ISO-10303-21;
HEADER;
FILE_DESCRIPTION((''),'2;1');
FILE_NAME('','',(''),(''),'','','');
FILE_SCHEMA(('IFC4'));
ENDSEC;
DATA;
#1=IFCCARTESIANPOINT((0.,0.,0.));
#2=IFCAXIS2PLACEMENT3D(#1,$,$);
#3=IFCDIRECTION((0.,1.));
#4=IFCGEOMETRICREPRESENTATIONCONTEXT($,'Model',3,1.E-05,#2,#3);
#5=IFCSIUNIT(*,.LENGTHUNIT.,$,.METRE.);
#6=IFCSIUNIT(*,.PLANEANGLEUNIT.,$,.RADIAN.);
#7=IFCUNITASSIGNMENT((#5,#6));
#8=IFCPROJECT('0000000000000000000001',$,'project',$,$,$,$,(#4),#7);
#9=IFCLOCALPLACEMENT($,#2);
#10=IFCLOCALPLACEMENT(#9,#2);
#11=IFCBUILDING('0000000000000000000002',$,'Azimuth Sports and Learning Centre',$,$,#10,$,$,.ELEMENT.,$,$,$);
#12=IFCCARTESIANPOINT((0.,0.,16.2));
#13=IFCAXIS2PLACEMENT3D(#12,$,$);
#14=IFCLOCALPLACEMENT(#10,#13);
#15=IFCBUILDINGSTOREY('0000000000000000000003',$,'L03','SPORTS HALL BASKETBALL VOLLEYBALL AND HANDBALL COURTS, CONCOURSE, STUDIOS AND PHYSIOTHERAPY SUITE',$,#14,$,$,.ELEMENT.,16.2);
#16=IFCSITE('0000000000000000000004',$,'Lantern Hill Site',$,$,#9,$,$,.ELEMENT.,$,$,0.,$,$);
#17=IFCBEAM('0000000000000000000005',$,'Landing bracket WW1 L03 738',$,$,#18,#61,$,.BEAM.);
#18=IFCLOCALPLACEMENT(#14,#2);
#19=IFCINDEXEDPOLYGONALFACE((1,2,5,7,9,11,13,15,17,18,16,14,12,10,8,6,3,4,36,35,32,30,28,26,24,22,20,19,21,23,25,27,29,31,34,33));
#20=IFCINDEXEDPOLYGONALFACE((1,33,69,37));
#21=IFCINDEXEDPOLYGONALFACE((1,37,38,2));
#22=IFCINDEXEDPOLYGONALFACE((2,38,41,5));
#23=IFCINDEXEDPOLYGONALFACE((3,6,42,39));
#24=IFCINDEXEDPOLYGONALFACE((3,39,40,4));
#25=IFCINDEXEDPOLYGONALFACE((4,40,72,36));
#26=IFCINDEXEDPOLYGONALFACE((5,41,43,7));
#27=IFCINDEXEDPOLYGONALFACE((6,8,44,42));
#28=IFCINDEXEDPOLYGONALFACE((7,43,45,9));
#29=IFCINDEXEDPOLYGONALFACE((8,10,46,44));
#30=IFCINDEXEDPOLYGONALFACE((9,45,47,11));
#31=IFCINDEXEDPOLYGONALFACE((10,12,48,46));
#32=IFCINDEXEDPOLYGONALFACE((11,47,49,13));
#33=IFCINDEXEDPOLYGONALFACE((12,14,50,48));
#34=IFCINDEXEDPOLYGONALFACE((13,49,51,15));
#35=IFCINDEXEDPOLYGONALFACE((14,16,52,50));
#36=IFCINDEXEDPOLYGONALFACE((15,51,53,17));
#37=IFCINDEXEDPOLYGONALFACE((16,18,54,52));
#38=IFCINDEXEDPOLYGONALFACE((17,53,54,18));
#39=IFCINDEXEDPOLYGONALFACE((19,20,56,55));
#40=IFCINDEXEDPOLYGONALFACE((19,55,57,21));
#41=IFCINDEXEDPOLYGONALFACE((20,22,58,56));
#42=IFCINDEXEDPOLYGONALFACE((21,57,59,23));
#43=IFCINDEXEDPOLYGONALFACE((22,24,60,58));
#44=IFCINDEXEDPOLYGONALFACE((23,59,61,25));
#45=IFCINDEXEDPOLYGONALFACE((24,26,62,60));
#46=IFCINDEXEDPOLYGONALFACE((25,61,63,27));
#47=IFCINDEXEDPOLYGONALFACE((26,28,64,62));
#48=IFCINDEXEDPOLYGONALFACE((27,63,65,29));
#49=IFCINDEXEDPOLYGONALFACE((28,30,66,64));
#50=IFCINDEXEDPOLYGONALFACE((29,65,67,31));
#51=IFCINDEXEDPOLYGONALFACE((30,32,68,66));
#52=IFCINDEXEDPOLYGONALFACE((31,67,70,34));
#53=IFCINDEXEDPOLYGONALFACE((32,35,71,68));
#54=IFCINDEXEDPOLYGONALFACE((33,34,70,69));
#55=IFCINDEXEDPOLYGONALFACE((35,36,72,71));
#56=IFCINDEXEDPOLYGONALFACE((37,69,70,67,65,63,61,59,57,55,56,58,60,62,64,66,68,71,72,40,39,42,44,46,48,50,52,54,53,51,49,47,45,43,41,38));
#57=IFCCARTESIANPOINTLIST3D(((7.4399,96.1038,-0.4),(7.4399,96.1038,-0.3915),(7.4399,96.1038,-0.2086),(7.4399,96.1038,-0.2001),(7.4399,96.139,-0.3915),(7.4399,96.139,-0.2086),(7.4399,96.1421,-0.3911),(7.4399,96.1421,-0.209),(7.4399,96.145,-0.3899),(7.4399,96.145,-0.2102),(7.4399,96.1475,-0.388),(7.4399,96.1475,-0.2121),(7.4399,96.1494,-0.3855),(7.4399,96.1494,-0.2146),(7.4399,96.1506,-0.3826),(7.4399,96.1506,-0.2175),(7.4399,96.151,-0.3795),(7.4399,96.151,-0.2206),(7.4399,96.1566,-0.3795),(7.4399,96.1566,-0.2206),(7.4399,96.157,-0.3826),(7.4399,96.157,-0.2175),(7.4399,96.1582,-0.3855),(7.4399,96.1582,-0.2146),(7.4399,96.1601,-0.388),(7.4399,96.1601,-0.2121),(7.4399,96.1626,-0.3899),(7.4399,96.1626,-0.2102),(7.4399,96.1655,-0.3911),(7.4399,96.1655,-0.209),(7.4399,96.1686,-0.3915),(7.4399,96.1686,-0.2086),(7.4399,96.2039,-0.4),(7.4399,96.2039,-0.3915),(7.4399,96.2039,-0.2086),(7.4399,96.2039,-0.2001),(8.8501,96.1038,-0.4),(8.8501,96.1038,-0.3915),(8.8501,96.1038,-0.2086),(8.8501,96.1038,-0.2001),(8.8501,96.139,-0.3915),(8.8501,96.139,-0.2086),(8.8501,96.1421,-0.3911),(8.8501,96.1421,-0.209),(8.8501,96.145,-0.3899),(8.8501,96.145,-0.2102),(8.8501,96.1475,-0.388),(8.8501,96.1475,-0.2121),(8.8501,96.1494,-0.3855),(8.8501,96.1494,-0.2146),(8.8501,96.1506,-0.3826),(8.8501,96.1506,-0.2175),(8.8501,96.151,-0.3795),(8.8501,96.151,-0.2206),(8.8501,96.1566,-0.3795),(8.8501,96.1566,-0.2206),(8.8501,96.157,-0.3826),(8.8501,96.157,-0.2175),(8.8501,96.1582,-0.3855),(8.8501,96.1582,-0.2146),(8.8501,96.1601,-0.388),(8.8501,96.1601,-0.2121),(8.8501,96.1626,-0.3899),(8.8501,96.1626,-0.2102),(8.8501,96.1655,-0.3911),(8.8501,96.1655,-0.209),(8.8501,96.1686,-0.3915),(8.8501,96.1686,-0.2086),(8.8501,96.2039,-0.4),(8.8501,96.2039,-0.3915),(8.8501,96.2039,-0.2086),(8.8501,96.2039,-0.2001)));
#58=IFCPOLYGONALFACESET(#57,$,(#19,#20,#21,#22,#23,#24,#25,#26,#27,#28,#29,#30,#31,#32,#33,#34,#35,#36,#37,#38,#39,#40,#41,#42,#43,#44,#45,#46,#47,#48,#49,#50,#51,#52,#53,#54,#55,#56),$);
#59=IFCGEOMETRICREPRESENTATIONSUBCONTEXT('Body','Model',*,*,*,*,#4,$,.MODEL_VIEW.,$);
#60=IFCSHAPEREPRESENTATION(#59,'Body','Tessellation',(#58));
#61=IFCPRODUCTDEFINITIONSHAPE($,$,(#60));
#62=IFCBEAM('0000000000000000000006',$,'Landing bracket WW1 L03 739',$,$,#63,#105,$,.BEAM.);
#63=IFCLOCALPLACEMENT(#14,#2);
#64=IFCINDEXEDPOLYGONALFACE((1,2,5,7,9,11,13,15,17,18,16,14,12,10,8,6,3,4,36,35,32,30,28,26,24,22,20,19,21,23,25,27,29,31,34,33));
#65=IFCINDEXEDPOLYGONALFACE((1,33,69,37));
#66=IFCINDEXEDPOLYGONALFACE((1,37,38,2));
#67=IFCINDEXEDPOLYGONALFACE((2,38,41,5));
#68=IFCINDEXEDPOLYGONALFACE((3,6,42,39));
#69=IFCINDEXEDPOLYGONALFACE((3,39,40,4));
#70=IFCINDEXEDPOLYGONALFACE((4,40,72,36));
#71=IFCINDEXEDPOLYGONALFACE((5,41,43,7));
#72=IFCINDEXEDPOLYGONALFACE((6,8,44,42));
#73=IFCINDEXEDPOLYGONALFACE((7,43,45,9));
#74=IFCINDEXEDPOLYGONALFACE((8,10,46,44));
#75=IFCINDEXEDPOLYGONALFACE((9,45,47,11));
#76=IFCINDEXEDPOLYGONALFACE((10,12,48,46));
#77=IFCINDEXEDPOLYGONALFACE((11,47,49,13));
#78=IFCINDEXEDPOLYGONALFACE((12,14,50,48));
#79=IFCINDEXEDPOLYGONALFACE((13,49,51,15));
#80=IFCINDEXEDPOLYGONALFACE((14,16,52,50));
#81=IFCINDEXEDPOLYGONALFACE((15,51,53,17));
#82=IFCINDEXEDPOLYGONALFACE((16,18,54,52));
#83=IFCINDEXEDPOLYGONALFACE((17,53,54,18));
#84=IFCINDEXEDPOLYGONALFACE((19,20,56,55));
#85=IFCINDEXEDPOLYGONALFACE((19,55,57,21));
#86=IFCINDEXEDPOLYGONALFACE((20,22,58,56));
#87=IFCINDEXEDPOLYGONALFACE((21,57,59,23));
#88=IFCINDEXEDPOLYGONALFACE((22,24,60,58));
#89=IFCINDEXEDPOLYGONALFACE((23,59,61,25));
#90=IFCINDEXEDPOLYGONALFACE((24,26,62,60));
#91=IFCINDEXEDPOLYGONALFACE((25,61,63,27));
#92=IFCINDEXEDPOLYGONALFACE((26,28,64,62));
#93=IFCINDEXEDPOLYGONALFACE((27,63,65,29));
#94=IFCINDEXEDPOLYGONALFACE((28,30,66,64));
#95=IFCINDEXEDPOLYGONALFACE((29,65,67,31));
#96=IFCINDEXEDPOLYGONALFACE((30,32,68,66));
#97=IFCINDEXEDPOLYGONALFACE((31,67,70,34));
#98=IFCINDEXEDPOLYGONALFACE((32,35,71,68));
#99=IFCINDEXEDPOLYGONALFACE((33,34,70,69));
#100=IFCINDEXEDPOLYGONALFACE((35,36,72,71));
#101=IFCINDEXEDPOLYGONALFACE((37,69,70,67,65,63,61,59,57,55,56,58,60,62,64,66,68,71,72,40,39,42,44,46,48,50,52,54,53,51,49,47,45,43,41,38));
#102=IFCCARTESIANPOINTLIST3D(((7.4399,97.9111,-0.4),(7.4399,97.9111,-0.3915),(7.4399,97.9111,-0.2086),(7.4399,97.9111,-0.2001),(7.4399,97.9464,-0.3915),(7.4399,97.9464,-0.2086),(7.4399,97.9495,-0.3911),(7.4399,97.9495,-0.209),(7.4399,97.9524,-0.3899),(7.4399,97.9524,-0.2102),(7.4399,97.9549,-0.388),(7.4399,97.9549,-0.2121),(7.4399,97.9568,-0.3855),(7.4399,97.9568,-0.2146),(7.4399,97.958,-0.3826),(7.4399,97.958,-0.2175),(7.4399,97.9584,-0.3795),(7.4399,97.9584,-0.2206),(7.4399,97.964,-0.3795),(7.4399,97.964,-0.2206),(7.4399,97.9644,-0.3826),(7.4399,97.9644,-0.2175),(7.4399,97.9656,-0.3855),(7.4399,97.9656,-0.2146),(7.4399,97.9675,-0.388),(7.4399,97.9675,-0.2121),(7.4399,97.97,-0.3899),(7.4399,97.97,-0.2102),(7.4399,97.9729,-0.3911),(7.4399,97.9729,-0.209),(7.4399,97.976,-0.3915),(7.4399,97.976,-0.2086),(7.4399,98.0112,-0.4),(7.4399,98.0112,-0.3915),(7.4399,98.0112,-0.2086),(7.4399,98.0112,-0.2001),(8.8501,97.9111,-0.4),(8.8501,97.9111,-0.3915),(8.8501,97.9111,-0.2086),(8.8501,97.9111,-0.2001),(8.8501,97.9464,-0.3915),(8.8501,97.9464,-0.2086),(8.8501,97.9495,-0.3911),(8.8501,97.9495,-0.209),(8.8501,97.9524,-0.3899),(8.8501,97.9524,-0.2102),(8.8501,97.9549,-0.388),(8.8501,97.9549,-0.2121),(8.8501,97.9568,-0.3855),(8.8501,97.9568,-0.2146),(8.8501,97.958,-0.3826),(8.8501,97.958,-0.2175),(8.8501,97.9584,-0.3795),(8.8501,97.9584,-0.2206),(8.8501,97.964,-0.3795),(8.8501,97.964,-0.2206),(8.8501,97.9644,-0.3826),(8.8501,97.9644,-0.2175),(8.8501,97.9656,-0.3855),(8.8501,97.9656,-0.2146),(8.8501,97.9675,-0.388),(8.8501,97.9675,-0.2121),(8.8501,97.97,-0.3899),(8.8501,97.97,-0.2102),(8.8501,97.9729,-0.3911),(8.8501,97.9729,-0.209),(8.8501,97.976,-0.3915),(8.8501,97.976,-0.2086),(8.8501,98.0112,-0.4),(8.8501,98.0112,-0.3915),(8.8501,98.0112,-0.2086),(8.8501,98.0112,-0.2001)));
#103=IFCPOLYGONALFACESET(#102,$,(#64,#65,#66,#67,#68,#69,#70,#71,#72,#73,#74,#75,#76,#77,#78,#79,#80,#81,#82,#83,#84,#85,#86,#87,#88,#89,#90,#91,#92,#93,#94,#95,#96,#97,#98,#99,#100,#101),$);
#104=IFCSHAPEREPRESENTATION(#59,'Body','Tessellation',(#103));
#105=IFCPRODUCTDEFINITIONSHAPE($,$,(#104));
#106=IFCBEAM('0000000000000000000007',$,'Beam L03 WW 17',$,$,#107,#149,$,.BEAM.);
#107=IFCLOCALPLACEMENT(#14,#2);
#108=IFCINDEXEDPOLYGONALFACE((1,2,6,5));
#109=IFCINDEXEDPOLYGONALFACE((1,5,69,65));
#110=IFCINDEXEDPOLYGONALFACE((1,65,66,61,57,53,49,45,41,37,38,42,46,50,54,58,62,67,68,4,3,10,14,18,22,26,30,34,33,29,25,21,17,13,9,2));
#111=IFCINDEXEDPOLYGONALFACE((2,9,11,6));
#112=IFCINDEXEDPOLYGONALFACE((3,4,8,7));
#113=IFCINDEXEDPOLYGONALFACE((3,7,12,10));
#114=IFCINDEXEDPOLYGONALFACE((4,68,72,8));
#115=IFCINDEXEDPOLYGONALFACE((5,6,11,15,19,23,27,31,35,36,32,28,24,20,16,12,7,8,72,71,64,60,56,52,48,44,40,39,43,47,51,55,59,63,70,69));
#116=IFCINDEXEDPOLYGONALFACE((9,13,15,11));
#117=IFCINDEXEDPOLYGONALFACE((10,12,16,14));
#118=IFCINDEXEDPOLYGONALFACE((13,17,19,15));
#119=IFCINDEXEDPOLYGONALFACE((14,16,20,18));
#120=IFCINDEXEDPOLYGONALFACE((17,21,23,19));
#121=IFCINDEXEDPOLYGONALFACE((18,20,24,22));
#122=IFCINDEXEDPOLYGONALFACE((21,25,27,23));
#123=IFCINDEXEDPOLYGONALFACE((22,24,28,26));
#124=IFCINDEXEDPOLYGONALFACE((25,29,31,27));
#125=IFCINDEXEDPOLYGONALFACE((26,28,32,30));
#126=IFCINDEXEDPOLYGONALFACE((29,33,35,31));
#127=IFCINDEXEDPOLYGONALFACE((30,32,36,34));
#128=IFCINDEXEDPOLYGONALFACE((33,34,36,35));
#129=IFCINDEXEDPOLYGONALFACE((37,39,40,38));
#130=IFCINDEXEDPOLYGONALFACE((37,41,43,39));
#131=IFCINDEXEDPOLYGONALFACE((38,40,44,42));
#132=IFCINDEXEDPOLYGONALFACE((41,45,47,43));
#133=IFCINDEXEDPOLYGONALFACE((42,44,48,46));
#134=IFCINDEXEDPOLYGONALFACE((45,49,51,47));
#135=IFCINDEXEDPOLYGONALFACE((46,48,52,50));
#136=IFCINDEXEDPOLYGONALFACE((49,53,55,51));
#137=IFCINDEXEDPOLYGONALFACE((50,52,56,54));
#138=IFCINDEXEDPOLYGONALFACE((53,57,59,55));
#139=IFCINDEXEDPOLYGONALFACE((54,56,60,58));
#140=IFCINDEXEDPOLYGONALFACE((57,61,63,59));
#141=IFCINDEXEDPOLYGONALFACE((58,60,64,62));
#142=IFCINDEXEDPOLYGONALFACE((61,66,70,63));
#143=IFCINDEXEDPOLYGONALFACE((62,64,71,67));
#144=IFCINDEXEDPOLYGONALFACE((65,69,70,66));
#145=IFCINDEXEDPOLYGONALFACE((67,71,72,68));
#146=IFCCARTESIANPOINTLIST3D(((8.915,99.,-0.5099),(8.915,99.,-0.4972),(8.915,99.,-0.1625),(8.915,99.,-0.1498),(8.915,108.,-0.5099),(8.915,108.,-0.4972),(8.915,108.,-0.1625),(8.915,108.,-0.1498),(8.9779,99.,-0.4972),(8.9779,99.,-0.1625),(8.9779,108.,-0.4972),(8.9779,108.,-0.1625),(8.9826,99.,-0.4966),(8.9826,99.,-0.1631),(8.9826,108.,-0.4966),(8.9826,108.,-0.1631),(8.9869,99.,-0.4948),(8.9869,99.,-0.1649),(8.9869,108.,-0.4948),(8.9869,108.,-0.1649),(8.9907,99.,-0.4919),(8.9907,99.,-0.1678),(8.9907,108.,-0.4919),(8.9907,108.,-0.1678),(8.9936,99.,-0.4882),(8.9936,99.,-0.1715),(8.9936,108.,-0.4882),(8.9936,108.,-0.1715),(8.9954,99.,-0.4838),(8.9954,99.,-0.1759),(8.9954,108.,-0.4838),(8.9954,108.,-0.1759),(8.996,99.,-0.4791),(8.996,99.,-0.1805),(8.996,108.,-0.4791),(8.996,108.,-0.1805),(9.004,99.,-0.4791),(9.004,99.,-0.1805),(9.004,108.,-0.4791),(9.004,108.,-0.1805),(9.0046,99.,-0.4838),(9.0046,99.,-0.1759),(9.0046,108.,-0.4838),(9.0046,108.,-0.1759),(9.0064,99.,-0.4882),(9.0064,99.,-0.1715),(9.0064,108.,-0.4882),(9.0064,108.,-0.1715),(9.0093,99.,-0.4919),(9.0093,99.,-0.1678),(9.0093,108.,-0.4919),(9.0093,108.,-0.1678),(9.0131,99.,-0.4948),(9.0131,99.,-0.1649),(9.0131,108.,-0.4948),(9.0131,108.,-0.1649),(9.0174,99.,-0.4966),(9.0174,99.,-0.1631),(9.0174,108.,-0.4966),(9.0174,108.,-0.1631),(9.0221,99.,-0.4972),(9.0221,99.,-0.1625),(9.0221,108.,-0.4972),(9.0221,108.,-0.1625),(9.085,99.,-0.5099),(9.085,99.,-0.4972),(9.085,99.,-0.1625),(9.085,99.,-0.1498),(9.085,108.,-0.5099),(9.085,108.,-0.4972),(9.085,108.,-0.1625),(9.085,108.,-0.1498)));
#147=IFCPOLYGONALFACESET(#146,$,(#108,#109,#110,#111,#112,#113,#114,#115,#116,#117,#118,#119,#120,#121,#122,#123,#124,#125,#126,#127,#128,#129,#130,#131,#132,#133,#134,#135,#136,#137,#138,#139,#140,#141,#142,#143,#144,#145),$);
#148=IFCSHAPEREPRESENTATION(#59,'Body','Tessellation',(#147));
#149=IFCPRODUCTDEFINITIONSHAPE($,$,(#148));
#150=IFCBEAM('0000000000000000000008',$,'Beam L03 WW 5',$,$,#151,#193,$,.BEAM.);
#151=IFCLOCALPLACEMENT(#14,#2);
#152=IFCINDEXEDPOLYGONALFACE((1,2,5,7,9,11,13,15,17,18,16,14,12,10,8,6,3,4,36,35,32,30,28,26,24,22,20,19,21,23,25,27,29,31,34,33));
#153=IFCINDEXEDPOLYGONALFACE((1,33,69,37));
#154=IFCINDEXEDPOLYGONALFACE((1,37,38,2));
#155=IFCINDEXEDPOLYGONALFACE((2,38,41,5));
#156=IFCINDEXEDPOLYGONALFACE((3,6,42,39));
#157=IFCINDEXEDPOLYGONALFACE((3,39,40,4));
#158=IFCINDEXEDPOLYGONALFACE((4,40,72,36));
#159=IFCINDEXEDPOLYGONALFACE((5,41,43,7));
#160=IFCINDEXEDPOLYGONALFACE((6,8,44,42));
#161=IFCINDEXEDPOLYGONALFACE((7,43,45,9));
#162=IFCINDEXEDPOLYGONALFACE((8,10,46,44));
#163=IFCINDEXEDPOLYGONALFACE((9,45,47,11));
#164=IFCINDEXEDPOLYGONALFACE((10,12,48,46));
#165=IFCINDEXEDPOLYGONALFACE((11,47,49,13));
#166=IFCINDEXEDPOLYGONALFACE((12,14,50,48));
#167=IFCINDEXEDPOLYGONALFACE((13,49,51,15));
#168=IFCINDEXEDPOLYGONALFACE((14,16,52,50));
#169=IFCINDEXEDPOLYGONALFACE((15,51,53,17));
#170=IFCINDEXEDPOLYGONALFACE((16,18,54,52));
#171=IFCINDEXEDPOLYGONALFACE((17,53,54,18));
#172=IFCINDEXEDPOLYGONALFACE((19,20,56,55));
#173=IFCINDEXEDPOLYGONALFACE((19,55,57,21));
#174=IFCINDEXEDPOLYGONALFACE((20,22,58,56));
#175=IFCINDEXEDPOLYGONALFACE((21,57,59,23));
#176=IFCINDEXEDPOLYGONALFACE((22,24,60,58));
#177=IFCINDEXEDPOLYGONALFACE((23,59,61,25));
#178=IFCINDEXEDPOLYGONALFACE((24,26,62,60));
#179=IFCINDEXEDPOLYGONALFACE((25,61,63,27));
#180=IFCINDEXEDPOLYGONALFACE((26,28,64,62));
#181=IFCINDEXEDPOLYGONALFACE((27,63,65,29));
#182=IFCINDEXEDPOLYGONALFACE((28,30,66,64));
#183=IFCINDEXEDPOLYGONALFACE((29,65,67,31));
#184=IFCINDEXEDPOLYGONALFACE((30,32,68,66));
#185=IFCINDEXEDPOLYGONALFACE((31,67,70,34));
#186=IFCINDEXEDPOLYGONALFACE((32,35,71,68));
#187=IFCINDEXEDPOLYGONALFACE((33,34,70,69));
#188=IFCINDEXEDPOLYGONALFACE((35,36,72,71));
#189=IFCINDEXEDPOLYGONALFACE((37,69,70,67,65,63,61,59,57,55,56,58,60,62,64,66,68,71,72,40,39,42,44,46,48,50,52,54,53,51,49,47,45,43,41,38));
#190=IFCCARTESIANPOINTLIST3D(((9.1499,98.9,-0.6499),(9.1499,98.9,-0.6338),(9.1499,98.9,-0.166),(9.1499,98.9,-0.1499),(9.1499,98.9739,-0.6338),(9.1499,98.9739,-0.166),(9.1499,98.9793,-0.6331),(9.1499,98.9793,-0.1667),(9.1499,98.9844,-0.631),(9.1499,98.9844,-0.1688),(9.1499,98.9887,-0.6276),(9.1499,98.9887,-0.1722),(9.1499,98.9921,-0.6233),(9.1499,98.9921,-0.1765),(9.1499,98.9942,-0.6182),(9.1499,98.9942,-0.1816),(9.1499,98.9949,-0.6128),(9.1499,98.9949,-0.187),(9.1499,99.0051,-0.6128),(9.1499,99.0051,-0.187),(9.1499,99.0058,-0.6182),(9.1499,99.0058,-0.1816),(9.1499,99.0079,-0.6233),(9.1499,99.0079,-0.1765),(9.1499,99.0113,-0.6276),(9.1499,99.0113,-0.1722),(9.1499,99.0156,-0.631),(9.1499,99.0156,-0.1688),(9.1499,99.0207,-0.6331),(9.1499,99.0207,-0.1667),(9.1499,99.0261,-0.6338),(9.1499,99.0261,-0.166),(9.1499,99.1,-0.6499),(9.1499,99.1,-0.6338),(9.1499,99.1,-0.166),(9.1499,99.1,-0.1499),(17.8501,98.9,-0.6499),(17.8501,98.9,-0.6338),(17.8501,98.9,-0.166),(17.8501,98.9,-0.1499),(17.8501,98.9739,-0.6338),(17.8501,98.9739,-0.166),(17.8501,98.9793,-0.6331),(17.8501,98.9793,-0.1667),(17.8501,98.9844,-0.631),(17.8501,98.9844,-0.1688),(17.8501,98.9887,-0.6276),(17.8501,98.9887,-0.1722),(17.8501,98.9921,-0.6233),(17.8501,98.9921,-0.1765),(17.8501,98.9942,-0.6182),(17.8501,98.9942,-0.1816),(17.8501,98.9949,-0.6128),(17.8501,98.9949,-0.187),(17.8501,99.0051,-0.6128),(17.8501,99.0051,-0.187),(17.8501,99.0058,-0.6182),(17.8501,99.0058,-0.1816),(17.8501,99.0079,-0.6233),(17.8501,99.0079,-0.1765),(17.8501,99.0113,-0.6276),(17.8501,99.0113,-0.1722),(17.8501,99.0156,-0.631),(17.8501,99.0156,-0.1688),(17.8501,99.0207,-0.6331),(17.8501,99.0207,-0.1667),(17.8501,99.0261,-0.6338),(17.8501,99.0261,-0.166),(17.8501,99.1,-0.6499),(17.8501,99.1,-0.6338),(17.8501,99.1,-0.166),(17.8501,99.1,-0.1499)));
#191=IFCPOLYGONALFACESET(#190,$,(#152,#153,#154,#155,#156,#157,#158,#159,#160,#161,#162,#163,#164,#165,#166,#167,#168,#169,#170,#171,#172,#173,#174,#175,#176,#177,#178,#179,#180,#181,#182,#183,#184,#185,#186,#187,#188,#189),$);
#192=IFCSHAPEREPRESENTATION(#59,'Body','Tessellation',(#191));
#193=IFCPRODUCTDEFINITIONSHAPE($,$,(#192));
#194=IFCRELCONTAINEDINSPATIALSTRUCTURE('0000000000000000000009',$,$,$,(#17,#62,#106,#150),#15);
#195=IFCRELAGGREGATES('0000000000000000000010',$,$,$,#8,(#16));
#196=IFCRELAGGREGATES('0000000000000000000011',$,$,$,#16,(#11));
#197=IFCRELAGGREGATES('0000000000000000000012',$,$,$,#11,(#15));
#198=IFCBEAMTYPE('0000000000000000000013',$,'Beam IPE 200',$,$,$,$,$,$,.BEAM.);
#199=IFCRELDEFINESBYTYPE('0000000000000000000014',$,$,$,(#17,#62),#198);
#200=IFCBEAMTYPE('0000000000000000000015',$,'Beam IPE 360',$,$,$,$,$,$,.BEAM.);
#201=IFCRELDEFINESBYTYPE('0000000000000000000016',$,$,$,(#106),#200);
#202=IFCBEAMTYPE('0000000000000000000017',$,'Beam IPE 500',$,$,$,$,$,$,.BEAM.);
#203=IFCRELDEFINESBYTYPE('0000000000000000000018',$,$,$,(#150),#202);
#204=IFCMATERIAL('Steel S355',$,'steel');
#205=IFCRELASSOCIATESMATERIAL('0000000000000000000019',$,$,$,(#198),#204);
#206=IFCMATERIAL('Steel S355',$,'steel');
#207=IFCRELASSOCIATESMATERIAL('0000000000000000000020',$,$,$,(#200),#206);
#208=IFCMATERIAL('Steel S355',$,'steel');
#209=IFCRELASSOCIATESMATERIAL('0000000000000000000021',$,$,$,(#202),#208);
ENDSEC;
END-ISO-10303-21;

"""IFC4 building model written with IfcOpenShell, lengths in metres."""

from ifc_helpers import new_model, si_unit, direction, frame, origin, origin_2d, place, context, subcontext, project, spatial, i_section, extrude, material, material_profile, profile_set, type_object, element, save


model = new_model("IFC4")

# Units and contexts
model_context = context("Model", 3, precision=1e-05, world=origin(), true_north=direction((0.0, 1.0)))
body_context = subcontext(model_context, "Body", "Model", "MODEL_VIEW")
ifc_project = project(units=[si_unit("LENGTHUNIT", "METRE"), si_unit("PLANEANGLEUNIT", "RADIAN")], contexts=[model_context])

# Site, building, storey
site_placement = place(None, origin())
site = spatial("IfcSite", under=ifc_project, at=site_placement, Name="Lantern Hill Site", CompositionType="ELEMENT", RefElevation=0.0)
building_placement = place(site_placement, origin())
building = spatial("IfcBuilding", under=site, at=building_placement, Name="Azimuth Sports and Learning Centre", CompositionType="ELEMENT")
storey_placement = place(building_placement, frame((0.0, 0.0, 16.2)))
storey = spatial("IfcBuildingStorey", under=building, at=storey_placement, Name="L03", Description="SPORTS HALL BASKETBALL VOLLEYBALL AND HANDBALL COURTS, CONCOURSE, STUDIOS AND PHYSIOTHERAPY SUITE", CompositionType="ELEMENT", Elevation=16.2)

# Beams
ifc_material_1 = material(Name="Steel S355", Category="steel")
ifc_material_profile_1 = material_profile(ifc_material_1, i_section(OverallWidth=0.1001, OverallDepth=0.2, WebThickness=0.0056, FlangeThickness=0.0085, FilletRadius=0.012, at=origin_2d()), Name="IPE 200")
ifc_profile_set_1 = profile_set([ifc_material_profile_1], Name="Steel S355")
beam_type_1 = type_object("IfcBeamType", Name="Beam IPE 200", PredefinedType="BEAM", material=ifc_profile_set_1)
for number, where, z_axis, x_axis, name in (
    (1, (8.8501, 96.1538, -0.3), (-1.0, 0.0, 0.0), (0.0, -1.0, 0.0), "Landing bracket WW1 L03 738"),
    (2, (8.8501, 97.9612, -0.3), (-1.0, 0.0, 0.0), (0.0, -1.0, 0.0), "Landing bracket WW1 L03 739"),
):
    element("IfcBeam", number, at=place(storey_placement, frame(where, z_axis=z_axis, x_axis=x_axis)), inside=storey, type_object=beam_type_1, Name=name, PredefinedType="BEAM", context=body_context, shape_type="SweptSolid", body=[
        extrude(i_section(OverallWidth=0.1001, OverallDepth=0.2, WebThickness=0.0056, FlangeThickness=0.0085, FilletRadius=0.012, at=origin_2d()), origin(), (0.0, 0.0, 1.0), 1.4102),
    ])
ifc_material_2 = material(Name="Steel S355", Category="steel")
ifc_material_profile_2 = material_profile(ifc_material_2, i_section(OverallWidth=0.1699, OverallDepth=0.3601, WebThickness=0.0081, FlangeThickness=0.0127, FilletRadius=0.0181, at=origin_2d()), Name="IPE 360")
ifc_profile_set_2 = profile_set([ifc_material_profile_2], Name="Steel S355")
beam_type_2 = type_object("IfcBeamType", Name="Beam IPE 360", PredefinedType="BEAM", material=ifc_profile_set_2)
beam_1_placement = place(storey_placement, frame((9.0, 99.0, -0.3298), z_axis=(0.0, 1.0, 0.0), x_axis=(-1.0, 0.0, 0.0)))
element("IfcBeam", 3, at=beam_1_placement, inside=storey, type_object=beam_type_2, Name="Beam L03 WW 17", PredefinedType="BEAM", context=body_context, shape_type="SweptSolid", body=[
    extrude(i_section(OverallWidth=0.1699, OverallDepth=0.3601, WebThickness=0.0081, FlangeThickness=0.0127, FilletRadius=0.0181, at=origin_2d()), origin(), (0.0, 0.0, 1.0), 9.0),
])
ifc_material_3 = material(Name="Steel S355", Category="steel")
ifc_material_profile_3 = material_profile(ifc_material_3, i_section(OverallWidth=0.2, OverallDepth=0.5, WebThickness=0.0103, FlangeThickness=0.0161, FilletRadius=0.021, at=origin_2d()), Name="IPE 500")
ifc_profile_set_3 = profile_set([ifc_material_profile_3], Name="Steel S355")
beam_type_3 = type_object("IfcBeamType", Name="Beam IPE 500", PredefinedType="BEAM", material=ifc_profile_set_3)
for number, where, z_axis, x_axis, name in (
    (4, (9.1499, 99.0, -0.3999), (1.0, 0.0, 0.0), (0.0, 1.0, 0.0), "Beam L03 WW 5"),
):
    element("IfcBeam", number, at=place(storey_placement, frame(where, z_axis=z_axis, x_axis=x_axis)), inside=storey, type_object=beam_type_3, Name=name, PredefinedType="BEAM", context=body_context, shape_type="SweptSolid", body=[
        extrude(i_section(OverallWidth=0.2, OverallDepth=0.5, WebThickness=0.0103, FlangeThickness=0.0161, FilletRadius=0.021, at=origin_2d()), origin(), (0.0, 0.0, 1.0), 8.7002),
    ])

save(model, "model.ifc")
